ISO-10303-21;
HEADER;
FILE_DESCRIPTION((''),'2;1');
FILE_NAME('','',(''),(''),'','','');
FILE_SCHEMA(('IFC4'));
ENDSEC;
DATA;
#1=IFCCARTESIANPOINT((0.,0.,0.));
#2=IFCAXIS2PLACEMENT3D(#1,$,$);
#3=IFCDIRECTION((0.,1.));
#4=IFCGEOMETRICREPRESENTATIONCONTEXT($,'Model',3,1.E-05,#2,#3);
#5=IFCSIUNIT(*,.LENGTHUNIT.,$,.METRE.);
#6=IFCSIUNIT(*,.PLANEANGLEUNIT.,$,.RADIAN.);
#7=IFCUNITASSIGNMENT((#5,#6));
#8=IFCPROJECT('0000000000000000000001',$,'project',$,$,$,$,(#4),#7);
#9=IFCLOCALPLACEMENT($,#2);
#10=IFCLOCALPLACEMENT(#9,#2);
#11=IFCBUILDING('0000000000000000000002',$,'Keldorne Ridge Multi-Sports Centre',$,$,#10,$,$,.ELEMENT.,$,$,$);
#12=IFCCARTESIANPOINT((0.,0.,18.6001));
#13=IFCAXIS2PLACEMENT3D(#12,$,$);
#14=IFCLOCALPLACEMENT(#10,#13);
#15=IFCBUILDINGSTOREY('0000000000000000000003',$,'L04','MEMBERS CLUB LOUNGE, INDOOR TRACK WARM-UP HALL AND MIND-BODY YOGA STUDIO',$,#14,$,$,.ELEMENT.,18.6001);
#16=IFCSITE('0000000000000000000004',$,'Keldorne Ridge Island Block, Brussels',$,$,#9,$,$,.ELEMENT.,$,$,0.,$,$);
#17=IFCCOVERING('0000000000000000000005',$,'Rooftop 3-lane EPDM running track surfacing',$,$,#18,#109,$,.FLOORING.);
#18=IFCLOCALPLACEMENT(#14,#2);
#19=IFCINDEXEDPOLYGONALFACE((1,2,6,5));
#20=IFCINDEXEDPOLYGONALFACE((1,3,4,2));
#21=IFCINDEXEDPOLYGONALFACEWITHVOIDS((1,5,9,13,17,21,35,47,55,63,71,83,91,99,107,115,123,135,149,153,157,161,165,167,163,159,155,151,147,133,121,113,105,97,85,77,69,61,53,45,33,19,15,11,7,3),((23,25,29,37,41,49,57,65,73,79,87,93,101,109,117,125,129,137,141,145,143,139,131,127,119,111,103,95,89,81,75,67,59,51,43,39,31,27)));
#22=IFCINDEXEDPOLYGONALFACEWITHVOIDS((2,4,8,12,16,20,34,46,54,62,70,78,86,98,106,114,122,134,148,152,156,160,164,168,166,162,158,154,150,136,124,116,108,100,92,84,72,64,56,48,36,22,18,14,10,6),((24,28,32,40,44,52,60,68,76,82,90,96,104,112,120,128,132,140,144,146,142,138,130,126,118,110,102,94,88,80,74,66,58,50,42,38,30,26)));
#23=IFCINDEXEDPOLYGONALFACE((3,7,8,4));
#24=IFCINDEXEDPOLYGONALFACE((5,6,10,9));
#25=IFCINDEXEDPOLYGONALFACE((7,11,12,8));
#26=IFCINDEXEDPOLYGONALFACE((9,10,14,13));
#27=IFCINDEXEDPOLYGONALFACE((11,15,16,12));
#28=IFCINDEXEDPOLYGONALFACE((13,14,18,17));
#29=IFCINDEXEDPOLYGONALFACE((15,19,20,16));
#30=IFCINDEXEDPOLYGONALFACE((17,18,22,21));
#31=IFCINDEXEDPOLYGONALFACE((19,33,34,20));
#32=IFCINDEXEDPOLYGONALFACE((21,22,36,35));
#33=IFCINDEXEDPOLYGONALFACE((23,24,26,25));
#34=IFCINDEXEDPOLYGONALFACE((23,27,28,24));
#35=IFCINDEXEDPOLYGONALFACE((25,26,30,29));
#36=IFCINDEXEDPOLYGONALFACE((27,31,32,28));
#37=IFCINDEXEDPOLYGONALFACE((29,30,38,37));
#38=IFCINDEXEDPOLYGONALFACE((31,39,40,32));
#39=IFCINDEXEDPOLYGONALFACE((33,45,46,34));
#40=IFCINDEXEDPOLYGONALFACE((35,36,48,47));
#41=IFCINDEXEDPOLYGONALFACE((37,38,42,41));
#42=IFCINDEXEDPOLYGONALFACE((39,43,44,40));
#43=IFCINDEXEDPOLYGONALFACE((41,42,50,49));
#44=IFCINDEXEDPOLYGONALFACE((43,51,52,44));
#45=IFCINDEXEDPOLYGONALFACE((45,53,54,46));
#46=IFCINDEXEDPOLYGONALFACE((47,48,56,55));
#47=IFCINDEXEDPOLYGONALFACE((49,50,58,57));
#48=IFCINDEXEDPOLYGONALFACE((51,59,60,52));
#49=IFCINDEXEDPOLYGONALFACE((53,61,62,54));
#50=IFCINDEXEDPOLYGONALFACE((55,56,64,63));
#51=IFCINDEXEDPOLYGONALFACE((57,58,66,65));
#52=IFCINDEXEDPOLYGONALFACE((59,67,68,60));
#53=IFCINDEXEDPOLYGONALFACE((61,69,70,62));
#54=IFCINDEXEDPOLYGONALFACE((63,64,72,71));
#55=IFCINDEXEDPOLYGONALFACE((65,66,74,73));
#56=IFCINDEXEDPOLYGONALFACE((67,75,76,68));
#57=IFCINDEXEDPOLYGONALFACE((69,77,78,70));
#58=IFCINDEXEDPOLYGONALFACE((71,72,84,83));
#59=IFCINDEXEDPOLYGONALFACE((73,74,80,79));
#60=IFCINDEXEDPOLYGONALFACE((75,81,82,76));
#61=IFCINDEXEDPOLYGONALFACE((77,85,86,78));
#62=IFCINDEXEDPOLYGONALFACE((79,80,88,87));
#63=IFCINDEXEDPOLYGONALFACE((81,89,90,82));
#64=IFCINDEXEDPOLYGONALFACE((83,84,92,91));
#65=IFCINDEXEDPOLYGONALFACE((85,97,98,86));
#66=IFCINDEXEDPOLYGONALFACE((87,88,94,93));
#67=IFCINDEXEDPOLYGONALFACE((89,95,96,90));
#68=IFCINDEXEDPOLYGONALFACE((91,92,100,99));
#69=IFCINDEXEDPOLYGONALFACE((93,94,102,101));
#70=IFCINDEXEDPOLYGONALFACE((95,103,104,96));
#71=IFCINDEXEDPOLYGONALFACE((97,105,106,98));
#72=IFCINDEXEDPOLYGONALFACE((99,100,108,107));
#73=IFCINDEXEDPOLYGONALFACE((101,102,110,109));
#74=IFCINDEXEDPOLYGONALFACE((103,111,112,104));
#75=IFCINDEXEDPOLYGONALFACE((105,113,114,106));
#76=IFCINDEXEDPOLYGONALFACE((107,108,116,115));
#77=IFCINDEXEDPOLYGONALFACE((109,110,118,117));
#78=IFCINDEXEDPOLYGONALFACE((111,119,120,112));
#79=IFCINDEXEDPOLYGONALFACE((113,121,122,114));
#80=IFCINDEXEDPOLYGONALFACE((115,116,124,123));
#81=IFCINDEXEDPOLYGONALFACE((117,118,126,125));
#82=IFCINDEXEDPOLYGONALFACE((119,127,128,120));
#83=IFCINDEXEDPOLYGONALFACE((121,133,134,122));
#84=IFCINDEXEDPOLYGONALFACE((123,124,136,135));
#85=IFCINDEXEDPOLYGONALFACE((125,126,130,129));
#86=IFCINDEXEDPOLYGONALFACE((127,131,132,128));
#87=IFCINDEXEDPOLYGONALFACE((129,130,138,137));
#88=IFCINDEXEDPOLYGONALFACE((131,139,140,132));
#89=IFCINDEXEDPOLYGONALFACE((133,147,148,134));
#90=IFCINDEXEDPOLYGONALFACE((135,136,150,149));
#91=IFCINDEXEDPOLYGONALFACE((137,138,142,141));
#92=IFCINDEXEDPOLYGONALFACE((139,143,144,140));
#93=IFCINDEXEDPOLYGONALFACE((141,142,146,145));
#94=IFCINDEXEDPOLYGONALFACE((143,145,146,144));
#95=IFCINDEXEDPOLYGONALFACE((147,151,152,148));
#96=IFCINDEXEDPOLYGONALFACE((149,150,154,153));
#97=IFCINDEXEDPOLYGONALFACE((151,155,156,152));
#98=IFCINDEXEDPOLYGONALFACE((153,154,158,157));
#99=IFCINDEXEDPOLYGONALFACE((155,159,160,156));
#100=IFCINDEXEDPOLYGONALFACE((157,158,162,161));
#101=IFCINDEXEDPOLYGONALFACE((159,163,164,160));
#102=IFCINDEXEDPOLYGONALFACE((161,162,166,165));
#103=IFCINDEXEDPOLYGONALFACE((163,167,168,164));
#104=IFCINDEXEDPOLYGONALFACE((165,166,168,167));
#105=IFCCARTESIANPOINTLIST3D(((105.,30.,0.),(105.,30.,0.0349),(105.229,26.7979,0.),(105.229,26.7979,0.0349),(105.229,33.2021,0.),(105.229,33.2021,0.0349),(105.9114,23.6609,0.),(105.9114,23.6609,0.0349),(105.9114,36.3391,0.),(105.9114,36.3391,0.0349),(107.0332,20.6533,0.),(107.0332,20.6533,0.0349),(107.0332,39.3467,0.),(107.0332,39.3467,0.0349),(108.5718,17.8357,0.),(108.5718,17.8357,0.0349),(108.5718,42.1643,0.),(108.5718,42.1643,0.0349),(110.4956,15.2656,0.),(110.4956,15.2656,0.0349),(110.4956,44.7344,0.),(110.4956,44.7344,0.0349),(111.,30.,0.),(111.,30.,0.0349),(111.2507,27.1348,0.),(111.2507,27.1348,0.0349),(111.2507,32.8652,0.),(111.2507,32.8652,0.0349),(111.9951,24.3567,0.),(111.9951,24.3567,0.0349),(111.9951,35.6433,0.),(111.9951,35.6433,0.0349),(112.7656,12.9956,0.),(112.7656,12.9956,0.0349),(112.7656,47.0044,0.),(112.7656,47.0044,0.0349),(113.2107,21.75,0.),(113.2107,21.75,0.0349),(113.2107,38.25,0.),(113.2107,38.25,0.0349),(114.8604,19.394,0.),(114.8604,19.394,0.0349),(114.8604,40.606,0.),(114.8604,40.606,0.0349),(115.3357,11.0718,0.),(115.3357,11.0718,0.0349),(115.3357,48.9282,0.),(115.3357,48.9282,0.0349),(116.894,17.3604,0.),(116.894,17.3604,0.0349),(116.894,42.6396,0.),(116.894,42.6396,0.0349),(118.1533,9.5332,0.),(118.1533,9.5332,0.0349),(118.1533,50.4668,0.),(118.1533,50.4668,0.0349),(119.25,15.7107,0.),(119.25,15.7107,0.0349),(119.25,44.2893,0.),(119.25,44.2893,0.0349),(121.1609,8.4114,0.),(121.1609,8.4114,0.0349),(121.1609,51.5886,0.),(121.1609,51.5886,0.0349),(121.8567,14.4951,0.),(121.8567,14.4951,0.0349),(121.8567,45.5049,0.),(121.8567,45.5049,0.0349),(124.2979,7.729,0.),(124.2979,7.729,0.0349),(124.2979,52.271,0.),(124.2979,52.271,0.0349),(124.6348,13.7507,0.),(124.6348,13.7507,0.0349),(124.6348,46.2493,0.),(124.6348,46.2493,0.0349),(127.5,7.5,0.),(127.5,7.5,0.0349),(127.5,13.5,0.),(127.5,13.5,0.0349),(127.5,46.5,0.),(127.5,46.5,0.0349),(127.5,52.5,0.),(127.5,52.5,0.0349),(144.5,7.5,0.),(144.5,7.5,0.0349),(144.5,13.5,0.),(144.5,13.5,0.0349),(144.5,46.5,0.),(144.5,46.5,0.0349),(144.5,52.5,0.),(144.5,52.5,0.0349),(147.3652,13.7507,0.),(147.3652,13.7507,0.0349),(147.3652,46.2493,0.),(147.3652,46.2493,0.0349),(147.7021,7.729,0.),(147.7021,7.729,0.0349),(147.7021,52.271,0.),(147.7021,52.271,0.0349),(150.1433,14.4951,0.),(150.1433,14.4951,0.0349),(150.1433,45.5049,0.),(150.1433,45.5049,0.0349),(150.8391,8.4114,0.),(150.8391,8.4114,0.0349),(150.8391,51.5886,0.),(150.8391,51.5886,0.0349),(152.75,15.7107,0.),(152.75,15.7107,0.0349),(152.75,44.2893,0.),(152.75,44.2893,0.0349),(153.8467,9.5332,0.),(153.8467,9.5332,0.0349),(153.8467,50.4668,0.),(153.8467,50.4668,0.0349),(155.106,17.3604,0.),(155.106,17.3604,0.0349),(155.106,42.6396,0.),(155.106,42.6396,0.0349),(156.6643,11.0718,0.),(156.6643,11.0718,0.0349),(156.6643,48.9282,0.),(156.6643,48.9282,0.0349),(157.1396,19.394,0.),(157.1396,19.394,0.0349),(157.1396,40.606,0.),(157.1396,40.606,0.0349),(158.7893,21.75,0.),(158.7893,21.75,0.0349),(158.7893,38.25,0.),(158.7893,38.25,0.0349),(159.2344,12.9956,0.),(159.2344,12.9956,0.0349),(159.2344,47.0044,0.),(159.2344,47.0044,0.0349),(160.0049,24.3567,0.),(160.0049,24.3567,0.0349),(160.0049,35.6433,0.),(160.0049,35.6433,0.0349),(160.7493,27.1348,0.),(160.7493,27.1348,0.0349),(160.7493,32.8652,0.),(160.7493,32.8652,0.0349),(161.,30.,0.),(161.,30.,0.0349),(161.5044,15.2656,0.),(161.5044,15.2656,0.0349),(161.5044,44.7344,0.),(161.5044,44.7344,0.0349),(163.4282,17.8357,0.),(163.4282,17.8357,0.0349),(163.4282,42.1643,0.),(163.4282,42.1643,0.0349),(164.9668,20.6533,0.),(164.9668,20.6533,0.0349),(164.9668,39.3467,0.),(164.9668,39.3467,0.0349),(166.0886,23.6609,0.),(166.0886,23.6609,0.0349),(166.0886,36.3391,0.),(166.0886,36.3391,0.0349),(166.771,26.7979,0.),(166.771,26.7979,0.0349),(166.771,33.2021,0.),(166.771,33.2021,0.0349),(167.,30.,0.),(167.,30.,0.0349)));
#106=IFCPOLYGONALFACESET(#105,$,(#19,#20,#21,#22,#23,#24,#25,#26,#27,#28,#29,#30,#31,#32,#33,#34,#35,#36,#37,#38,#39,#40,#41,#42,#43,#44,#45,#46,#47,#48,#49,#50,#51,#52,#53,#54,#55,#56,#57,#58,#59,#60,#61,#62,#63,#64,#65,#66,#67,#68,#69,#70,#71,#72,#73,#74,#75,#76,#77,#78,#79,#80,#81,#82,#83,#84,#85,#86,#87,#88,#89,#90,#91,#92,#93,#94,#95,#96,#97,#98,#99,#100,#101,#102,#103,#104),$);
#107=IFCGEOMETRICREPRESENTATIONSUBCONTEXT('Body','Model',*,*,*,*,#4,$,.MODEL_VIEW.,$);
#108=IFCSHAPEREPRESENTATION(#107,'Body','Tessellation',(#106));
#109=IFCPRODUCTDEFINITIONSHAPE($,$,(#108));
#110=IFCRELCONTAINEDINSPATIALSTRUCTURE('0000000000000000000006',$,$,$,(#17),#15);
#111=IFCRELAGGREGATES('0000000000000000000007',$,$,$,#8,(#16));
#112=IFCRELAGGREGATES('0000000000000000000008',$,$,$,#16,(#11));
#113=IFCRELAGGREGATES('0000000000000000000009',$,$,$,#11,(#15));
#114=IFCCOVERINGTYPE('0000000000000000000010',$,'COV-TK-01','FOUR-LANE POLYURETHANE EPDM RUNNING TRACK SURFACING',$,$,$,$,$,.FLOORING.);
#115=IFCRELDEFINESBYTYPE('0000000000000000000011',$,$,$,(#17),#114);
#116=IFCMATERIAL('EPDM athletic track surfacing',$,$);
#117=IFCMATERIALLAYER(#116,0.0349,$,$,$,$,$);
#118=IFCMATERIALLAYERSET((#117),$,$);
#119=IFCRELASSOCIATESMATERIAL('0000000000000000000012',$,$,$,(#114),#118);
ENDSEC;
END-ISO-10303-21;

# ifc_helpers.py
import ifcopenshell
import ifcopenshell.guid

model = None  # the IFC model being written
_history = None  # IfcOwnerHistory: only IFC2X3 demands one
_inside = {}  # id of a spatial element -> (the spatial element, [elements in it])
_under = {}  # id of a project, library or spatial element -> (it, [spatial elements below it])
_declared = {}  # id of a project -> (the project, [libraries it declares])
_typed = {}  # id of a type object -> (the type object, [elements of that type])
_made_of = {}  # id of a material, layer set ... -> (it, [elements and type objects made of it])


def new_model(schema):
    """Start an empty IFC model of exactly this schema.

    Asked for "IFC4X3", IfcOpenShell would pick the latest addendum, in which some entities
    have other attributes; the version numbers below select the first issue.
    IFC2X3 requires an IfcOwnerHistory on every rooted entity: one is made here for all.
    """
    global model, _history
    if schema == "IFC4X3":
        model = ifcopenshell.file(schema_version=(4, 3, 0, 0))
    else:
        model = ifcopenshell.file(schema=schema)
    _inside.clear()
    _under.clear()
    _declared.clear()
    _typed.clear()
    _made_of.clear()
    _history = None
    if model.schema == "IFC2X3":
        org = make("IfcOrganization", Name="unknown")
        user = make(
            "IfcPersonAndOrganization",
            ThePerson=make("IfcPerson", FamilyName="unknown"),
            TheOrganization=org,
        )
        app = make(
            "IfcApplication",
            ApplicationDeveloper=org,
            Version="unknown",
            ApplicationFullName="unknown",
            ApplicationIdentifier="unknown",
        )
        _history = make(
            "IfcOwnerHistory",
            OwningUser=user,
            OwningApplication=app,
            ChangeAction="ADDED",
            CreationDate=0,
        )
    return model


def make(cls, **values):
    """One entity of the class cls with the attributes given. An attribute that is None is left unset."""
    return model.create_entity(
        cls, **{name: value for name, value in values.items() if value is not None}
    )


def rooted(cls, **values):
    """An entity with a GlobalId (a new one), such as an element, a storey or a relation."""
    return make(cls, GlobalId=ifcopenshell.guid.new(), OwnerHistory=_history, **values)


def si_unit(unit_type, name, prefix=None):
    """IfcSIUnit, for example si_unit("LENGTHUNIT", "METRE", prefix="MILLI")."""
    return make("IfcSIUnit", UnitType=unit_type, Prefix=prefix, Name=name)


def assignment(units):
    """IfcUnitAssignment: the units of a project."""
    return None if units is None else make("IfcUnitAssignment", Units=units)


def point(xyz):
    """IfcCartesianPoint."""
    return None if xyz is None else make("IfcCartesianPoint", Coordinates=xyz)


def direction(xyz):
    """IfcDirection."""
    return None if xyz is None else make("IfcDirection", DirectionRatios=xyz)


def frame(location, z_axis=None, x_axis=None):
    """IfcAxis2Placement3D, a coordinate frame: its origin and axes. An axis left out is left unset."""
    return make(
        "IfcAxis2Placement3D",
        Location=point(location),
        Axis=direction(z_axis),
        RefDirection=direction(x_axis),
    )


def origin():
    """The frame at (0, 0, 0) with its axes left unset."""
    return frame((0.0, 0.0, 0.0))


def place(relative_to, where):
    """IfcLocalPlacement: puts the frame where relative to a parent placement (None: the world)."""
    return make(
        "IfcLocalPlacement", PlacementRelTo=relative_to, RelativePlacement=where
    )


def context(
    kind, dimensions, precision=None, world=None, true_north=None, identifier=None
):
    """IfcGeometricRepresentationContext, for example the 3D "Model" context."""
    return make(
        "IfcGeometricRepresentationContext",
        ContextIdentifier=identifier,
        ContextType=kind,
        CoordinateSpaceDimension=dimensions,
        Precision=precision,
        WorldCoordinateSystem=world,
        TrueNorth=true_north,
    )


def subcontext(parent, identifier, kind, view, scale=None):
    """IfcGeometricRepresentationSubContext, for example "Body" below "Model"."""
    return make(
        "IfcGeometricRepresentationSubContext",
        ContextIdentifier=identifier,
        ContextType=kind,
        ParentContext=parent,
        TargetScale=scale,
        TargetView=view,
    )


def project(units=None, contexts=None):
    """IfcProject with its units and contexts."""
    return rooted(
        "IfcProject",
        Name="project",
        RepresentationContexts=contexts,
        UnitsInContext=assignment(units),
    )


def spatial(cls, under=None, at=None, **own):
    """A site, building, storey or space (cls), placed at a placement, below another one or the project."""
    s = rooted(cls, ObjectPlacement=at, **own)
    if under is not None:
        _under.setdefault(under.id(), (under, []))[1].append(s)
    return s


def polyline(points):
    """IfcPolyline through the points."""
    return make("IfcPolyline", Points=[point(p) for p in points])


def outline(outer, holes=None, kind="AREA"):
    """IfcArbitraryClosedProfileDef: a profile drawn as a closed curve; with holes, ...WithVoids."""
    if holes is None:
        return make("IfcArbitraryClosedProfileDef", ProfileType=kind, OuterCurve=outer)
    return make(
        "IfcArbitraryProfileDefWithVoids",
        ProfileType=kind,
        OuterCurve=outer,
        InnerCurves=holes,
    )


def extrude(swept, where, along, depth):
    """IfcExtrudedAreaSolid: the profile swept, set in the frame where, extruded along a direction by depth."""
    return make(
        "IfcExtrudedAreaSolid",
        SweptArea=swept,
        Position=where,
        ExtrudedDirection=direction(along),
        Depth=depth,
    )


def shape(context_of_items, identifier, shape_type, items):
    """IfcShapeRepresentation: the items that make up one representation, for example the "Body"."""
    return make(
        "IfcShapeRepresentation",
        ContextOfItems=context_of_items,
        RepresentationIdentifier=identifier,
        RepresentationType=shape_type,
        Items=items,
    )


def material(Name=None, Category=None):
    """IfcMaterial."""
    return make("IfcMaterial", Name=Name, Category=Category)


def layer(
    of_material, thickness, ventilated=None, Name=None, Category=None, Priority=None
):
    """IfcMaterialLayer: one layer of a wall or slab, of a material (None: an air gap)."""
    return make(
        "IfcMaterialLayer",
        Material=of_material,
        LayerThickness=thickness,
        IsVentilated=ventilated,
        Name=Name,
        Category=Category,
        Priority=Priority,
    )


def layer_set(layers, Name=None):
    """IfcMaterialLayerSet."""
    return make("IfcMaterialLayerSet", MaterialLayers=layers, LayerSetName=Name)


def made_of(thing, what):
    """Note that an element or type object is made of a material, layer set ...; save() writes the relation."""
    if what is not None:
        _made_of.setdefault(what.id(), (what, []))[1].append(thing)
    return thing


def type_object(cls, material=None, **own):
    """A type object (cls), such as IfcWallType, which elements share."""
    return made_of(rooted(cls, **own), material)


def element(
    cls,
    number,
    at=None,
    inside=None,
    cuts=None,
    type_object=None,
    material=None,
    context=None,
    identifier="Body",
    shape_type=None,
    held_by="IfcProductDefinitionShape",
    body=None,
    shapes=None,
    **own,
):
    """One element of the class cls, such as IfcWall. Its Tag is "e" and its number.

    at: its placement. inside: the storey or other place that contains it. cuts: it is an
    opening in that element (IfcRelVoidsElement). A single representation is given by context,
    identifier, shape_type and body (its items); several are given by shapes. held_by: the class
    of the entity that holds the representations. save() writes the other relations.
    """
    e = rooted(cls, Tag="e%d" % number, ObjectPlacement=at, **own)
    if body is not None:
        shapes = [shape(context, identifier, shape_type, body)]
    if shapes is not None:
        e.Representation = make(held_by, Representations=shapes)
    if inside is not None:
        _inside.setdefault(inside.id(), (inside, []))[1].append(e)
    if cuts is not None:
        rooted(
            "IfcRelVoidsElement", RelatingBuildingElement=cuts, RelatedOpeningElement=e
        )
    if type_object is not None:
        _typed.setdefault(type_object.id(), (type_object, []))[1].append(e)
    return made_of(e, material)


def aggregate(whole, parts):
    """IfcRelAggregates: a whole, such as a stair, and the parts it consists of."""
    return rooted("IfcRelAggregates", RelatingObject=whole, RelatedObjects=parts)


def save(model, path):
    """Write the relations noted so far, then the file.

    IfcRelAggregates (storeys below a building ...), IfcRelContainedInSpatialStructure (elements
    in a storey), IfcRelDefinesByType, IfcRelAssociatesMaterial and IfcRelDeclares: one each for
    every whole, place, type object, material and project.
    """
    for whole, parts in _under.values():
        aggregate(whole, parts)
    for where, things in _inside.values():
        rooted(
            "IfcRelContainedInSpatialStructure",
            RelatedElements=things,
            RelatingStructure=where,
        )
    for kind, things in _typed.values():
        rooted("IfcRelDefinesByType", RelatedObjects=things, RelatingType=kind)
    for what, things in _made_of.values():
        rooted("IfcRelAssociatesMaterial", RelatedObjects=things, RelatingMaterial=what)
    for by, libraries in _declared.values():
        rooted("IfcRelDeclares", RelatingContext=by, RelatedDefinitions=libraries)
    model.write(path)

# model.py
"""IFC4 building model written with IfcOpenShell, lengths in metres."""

from ifc_helpers import new_model, si_unit, direction, frame, origin, place, context, subcontext, project, spatial, polyline, outline, extrude, material, layer, layer_set, type_object, element, save


model = new_model("IFC4")

# Units and contexts
model_context = context("Model", 3, precision=1e-05, world=origin(), true_north=direction((0.0, 1.0)))
body_context = subcontext(model_context, "Body", "Model", "MODEL_VIEW")
ifc_project = project(units=[si_unit("LENGTHUNIT", "METRE"), si_unit("PLANEANGLEUNIT", "RADIAN")], contexts=[model_context])

# Site, building, storey
site_placement = place(None, origin())
site = spatial("IfcSite", under=ifc_project, at=site_placement, Name="Keldorne Ridge Island Block, Brussels", CompositionType="ELEMENT", RefElevation=0.0)
building_placement = place(site_placement, origin())
building = spatial("IfcBuilding", under=site, at=building_placement, Name="Keldorne Ridge Multi-Sports Centre", CompositionType="ELEMENT")
storey_placement = place(building_placement, frame((0.0, 0.0, 18.6001)))
storey = spatial("IfcBuildingStorey", under=building, at=storey_placement, Name="L04", Description="MEMBERS CLUB LOUNGE, INDOOR TRACK WARM-UP HALL AND MIND-BODY YOGA STUDIO", CompositionType="ELEMENT", Elevation=18.6001)

# Covering
ifc_material_1 = material(Name="EPDM athletic track surfacing")
ifc_layer_1 = layer(ifc_material_1, 0.0349)
ifc_layer_set_1 = layer_set([ifc_layer_1])
covering_type_1 = type_object("IfcCoveringType", Name="COV-TK-01", Description="FOUR-LANE POLYURETHANE EPDM RUNNING TRACK SURFACING", PredefinedType="FLOORING", material=ifc_layer_set_1)
covering_1_placement = place(storey_placement, origin())
element("IfcCovering", 1, at=covering_1_placement, inside=storey, type_object=covering_type_1, Name="Rooftop 3-lane EPDM running track surfacing", PredefinedType="FLOORING", context=body_context, shape_type="SweptSolid", body=[
    extrude(outline(polyline([(144.5, 7.5), (147.7021, 7.729), (150.8391, 8.4114), (153.8467, 9.5332), (156.6643, 11.0718), (159.2344, 12.9956), (161.5044, 15.2656), (163.4282, 17.8357), (164.9668, 20.6533), (166.0886, 23.6609), (166.771, 26.7979), (167.0, 30.0), (166.771, 33.2021), (166.0886, 36.3391), (164.9668, 39.3467), (163.4282, 42.1643), (161.5044, 44.7344), (159.2344, 47.0044), (156.6643, 48.9282), (153.8467, 50.4668), (150.8391, 51.5886), (147.7021, 52.271), (144.5, 52.5), (127.5, 52.5), (124.2979, 52.271), (121.1609, 51.5886), (118.1533, 50.4668), (115.3357, 48.9282), (112.7656, 47.0044), (110.4956, 44.7344), (108.5718, 42.1643), (107.0332, 39.3467), (105.9114, 36.3391), (105.229, 33.2021), (105.0, 30.0), (105.229, 26.7979), (105.9114, 23.6609), (107.0332, 20.6533), (108.5718, 17.8357), (110.4956, 15.2656), (112.7656, 12.9956), (115.3357, 11.0718), (118.1533, 9.5332), (121.1609, 8.4114), (124.2979, 7.729), (127.5, 7.5), (144.5, 7.5)]), holes=[polyline([(127.5, 13.5), (124.6348, 13.7507), (121.8567, 14.4951), (119.25, 15.7107), (116.894, 17.3604), (114.8604, 19.394), (113.2107, 21.75), (111.9951, 24.3567), (111.2507, 27.1348), (111.0, 30.0), (111.2507, 32.8652), (111.9951, 35.6433), (113.2107, 38.25), (114.8604, 40.606), (116.894, 42.6396), (119.25, 44.2893), (121.8567, 45.5049), (124.6348, 46.2493), (127.5, 46.5), (144.5, 46.5), (147.3652, 46.2493), (150.1433, 45.5049), (152.75, 44.2893), (155.106, 42.6396), (157.1396, 40.606), (158.7893, 38.25), (160.0049, 35.6433), (160.7493, 32.8652), (161.0, 30.0), (160.7493, 27.1348), (160.0049, 24.3567), (158.7893, 21.75), (157.1396, 19.394), (155.106, 17.3604), (152.75, 15.7107), (150.1433, 14.4951), (147.3652, 13.7507), (144.5, 13.5), (127.5, 13.5)])]), origin(), (0.0, 0.0, 1.0), 0.0349),
])

save(model, "model.ifc")
